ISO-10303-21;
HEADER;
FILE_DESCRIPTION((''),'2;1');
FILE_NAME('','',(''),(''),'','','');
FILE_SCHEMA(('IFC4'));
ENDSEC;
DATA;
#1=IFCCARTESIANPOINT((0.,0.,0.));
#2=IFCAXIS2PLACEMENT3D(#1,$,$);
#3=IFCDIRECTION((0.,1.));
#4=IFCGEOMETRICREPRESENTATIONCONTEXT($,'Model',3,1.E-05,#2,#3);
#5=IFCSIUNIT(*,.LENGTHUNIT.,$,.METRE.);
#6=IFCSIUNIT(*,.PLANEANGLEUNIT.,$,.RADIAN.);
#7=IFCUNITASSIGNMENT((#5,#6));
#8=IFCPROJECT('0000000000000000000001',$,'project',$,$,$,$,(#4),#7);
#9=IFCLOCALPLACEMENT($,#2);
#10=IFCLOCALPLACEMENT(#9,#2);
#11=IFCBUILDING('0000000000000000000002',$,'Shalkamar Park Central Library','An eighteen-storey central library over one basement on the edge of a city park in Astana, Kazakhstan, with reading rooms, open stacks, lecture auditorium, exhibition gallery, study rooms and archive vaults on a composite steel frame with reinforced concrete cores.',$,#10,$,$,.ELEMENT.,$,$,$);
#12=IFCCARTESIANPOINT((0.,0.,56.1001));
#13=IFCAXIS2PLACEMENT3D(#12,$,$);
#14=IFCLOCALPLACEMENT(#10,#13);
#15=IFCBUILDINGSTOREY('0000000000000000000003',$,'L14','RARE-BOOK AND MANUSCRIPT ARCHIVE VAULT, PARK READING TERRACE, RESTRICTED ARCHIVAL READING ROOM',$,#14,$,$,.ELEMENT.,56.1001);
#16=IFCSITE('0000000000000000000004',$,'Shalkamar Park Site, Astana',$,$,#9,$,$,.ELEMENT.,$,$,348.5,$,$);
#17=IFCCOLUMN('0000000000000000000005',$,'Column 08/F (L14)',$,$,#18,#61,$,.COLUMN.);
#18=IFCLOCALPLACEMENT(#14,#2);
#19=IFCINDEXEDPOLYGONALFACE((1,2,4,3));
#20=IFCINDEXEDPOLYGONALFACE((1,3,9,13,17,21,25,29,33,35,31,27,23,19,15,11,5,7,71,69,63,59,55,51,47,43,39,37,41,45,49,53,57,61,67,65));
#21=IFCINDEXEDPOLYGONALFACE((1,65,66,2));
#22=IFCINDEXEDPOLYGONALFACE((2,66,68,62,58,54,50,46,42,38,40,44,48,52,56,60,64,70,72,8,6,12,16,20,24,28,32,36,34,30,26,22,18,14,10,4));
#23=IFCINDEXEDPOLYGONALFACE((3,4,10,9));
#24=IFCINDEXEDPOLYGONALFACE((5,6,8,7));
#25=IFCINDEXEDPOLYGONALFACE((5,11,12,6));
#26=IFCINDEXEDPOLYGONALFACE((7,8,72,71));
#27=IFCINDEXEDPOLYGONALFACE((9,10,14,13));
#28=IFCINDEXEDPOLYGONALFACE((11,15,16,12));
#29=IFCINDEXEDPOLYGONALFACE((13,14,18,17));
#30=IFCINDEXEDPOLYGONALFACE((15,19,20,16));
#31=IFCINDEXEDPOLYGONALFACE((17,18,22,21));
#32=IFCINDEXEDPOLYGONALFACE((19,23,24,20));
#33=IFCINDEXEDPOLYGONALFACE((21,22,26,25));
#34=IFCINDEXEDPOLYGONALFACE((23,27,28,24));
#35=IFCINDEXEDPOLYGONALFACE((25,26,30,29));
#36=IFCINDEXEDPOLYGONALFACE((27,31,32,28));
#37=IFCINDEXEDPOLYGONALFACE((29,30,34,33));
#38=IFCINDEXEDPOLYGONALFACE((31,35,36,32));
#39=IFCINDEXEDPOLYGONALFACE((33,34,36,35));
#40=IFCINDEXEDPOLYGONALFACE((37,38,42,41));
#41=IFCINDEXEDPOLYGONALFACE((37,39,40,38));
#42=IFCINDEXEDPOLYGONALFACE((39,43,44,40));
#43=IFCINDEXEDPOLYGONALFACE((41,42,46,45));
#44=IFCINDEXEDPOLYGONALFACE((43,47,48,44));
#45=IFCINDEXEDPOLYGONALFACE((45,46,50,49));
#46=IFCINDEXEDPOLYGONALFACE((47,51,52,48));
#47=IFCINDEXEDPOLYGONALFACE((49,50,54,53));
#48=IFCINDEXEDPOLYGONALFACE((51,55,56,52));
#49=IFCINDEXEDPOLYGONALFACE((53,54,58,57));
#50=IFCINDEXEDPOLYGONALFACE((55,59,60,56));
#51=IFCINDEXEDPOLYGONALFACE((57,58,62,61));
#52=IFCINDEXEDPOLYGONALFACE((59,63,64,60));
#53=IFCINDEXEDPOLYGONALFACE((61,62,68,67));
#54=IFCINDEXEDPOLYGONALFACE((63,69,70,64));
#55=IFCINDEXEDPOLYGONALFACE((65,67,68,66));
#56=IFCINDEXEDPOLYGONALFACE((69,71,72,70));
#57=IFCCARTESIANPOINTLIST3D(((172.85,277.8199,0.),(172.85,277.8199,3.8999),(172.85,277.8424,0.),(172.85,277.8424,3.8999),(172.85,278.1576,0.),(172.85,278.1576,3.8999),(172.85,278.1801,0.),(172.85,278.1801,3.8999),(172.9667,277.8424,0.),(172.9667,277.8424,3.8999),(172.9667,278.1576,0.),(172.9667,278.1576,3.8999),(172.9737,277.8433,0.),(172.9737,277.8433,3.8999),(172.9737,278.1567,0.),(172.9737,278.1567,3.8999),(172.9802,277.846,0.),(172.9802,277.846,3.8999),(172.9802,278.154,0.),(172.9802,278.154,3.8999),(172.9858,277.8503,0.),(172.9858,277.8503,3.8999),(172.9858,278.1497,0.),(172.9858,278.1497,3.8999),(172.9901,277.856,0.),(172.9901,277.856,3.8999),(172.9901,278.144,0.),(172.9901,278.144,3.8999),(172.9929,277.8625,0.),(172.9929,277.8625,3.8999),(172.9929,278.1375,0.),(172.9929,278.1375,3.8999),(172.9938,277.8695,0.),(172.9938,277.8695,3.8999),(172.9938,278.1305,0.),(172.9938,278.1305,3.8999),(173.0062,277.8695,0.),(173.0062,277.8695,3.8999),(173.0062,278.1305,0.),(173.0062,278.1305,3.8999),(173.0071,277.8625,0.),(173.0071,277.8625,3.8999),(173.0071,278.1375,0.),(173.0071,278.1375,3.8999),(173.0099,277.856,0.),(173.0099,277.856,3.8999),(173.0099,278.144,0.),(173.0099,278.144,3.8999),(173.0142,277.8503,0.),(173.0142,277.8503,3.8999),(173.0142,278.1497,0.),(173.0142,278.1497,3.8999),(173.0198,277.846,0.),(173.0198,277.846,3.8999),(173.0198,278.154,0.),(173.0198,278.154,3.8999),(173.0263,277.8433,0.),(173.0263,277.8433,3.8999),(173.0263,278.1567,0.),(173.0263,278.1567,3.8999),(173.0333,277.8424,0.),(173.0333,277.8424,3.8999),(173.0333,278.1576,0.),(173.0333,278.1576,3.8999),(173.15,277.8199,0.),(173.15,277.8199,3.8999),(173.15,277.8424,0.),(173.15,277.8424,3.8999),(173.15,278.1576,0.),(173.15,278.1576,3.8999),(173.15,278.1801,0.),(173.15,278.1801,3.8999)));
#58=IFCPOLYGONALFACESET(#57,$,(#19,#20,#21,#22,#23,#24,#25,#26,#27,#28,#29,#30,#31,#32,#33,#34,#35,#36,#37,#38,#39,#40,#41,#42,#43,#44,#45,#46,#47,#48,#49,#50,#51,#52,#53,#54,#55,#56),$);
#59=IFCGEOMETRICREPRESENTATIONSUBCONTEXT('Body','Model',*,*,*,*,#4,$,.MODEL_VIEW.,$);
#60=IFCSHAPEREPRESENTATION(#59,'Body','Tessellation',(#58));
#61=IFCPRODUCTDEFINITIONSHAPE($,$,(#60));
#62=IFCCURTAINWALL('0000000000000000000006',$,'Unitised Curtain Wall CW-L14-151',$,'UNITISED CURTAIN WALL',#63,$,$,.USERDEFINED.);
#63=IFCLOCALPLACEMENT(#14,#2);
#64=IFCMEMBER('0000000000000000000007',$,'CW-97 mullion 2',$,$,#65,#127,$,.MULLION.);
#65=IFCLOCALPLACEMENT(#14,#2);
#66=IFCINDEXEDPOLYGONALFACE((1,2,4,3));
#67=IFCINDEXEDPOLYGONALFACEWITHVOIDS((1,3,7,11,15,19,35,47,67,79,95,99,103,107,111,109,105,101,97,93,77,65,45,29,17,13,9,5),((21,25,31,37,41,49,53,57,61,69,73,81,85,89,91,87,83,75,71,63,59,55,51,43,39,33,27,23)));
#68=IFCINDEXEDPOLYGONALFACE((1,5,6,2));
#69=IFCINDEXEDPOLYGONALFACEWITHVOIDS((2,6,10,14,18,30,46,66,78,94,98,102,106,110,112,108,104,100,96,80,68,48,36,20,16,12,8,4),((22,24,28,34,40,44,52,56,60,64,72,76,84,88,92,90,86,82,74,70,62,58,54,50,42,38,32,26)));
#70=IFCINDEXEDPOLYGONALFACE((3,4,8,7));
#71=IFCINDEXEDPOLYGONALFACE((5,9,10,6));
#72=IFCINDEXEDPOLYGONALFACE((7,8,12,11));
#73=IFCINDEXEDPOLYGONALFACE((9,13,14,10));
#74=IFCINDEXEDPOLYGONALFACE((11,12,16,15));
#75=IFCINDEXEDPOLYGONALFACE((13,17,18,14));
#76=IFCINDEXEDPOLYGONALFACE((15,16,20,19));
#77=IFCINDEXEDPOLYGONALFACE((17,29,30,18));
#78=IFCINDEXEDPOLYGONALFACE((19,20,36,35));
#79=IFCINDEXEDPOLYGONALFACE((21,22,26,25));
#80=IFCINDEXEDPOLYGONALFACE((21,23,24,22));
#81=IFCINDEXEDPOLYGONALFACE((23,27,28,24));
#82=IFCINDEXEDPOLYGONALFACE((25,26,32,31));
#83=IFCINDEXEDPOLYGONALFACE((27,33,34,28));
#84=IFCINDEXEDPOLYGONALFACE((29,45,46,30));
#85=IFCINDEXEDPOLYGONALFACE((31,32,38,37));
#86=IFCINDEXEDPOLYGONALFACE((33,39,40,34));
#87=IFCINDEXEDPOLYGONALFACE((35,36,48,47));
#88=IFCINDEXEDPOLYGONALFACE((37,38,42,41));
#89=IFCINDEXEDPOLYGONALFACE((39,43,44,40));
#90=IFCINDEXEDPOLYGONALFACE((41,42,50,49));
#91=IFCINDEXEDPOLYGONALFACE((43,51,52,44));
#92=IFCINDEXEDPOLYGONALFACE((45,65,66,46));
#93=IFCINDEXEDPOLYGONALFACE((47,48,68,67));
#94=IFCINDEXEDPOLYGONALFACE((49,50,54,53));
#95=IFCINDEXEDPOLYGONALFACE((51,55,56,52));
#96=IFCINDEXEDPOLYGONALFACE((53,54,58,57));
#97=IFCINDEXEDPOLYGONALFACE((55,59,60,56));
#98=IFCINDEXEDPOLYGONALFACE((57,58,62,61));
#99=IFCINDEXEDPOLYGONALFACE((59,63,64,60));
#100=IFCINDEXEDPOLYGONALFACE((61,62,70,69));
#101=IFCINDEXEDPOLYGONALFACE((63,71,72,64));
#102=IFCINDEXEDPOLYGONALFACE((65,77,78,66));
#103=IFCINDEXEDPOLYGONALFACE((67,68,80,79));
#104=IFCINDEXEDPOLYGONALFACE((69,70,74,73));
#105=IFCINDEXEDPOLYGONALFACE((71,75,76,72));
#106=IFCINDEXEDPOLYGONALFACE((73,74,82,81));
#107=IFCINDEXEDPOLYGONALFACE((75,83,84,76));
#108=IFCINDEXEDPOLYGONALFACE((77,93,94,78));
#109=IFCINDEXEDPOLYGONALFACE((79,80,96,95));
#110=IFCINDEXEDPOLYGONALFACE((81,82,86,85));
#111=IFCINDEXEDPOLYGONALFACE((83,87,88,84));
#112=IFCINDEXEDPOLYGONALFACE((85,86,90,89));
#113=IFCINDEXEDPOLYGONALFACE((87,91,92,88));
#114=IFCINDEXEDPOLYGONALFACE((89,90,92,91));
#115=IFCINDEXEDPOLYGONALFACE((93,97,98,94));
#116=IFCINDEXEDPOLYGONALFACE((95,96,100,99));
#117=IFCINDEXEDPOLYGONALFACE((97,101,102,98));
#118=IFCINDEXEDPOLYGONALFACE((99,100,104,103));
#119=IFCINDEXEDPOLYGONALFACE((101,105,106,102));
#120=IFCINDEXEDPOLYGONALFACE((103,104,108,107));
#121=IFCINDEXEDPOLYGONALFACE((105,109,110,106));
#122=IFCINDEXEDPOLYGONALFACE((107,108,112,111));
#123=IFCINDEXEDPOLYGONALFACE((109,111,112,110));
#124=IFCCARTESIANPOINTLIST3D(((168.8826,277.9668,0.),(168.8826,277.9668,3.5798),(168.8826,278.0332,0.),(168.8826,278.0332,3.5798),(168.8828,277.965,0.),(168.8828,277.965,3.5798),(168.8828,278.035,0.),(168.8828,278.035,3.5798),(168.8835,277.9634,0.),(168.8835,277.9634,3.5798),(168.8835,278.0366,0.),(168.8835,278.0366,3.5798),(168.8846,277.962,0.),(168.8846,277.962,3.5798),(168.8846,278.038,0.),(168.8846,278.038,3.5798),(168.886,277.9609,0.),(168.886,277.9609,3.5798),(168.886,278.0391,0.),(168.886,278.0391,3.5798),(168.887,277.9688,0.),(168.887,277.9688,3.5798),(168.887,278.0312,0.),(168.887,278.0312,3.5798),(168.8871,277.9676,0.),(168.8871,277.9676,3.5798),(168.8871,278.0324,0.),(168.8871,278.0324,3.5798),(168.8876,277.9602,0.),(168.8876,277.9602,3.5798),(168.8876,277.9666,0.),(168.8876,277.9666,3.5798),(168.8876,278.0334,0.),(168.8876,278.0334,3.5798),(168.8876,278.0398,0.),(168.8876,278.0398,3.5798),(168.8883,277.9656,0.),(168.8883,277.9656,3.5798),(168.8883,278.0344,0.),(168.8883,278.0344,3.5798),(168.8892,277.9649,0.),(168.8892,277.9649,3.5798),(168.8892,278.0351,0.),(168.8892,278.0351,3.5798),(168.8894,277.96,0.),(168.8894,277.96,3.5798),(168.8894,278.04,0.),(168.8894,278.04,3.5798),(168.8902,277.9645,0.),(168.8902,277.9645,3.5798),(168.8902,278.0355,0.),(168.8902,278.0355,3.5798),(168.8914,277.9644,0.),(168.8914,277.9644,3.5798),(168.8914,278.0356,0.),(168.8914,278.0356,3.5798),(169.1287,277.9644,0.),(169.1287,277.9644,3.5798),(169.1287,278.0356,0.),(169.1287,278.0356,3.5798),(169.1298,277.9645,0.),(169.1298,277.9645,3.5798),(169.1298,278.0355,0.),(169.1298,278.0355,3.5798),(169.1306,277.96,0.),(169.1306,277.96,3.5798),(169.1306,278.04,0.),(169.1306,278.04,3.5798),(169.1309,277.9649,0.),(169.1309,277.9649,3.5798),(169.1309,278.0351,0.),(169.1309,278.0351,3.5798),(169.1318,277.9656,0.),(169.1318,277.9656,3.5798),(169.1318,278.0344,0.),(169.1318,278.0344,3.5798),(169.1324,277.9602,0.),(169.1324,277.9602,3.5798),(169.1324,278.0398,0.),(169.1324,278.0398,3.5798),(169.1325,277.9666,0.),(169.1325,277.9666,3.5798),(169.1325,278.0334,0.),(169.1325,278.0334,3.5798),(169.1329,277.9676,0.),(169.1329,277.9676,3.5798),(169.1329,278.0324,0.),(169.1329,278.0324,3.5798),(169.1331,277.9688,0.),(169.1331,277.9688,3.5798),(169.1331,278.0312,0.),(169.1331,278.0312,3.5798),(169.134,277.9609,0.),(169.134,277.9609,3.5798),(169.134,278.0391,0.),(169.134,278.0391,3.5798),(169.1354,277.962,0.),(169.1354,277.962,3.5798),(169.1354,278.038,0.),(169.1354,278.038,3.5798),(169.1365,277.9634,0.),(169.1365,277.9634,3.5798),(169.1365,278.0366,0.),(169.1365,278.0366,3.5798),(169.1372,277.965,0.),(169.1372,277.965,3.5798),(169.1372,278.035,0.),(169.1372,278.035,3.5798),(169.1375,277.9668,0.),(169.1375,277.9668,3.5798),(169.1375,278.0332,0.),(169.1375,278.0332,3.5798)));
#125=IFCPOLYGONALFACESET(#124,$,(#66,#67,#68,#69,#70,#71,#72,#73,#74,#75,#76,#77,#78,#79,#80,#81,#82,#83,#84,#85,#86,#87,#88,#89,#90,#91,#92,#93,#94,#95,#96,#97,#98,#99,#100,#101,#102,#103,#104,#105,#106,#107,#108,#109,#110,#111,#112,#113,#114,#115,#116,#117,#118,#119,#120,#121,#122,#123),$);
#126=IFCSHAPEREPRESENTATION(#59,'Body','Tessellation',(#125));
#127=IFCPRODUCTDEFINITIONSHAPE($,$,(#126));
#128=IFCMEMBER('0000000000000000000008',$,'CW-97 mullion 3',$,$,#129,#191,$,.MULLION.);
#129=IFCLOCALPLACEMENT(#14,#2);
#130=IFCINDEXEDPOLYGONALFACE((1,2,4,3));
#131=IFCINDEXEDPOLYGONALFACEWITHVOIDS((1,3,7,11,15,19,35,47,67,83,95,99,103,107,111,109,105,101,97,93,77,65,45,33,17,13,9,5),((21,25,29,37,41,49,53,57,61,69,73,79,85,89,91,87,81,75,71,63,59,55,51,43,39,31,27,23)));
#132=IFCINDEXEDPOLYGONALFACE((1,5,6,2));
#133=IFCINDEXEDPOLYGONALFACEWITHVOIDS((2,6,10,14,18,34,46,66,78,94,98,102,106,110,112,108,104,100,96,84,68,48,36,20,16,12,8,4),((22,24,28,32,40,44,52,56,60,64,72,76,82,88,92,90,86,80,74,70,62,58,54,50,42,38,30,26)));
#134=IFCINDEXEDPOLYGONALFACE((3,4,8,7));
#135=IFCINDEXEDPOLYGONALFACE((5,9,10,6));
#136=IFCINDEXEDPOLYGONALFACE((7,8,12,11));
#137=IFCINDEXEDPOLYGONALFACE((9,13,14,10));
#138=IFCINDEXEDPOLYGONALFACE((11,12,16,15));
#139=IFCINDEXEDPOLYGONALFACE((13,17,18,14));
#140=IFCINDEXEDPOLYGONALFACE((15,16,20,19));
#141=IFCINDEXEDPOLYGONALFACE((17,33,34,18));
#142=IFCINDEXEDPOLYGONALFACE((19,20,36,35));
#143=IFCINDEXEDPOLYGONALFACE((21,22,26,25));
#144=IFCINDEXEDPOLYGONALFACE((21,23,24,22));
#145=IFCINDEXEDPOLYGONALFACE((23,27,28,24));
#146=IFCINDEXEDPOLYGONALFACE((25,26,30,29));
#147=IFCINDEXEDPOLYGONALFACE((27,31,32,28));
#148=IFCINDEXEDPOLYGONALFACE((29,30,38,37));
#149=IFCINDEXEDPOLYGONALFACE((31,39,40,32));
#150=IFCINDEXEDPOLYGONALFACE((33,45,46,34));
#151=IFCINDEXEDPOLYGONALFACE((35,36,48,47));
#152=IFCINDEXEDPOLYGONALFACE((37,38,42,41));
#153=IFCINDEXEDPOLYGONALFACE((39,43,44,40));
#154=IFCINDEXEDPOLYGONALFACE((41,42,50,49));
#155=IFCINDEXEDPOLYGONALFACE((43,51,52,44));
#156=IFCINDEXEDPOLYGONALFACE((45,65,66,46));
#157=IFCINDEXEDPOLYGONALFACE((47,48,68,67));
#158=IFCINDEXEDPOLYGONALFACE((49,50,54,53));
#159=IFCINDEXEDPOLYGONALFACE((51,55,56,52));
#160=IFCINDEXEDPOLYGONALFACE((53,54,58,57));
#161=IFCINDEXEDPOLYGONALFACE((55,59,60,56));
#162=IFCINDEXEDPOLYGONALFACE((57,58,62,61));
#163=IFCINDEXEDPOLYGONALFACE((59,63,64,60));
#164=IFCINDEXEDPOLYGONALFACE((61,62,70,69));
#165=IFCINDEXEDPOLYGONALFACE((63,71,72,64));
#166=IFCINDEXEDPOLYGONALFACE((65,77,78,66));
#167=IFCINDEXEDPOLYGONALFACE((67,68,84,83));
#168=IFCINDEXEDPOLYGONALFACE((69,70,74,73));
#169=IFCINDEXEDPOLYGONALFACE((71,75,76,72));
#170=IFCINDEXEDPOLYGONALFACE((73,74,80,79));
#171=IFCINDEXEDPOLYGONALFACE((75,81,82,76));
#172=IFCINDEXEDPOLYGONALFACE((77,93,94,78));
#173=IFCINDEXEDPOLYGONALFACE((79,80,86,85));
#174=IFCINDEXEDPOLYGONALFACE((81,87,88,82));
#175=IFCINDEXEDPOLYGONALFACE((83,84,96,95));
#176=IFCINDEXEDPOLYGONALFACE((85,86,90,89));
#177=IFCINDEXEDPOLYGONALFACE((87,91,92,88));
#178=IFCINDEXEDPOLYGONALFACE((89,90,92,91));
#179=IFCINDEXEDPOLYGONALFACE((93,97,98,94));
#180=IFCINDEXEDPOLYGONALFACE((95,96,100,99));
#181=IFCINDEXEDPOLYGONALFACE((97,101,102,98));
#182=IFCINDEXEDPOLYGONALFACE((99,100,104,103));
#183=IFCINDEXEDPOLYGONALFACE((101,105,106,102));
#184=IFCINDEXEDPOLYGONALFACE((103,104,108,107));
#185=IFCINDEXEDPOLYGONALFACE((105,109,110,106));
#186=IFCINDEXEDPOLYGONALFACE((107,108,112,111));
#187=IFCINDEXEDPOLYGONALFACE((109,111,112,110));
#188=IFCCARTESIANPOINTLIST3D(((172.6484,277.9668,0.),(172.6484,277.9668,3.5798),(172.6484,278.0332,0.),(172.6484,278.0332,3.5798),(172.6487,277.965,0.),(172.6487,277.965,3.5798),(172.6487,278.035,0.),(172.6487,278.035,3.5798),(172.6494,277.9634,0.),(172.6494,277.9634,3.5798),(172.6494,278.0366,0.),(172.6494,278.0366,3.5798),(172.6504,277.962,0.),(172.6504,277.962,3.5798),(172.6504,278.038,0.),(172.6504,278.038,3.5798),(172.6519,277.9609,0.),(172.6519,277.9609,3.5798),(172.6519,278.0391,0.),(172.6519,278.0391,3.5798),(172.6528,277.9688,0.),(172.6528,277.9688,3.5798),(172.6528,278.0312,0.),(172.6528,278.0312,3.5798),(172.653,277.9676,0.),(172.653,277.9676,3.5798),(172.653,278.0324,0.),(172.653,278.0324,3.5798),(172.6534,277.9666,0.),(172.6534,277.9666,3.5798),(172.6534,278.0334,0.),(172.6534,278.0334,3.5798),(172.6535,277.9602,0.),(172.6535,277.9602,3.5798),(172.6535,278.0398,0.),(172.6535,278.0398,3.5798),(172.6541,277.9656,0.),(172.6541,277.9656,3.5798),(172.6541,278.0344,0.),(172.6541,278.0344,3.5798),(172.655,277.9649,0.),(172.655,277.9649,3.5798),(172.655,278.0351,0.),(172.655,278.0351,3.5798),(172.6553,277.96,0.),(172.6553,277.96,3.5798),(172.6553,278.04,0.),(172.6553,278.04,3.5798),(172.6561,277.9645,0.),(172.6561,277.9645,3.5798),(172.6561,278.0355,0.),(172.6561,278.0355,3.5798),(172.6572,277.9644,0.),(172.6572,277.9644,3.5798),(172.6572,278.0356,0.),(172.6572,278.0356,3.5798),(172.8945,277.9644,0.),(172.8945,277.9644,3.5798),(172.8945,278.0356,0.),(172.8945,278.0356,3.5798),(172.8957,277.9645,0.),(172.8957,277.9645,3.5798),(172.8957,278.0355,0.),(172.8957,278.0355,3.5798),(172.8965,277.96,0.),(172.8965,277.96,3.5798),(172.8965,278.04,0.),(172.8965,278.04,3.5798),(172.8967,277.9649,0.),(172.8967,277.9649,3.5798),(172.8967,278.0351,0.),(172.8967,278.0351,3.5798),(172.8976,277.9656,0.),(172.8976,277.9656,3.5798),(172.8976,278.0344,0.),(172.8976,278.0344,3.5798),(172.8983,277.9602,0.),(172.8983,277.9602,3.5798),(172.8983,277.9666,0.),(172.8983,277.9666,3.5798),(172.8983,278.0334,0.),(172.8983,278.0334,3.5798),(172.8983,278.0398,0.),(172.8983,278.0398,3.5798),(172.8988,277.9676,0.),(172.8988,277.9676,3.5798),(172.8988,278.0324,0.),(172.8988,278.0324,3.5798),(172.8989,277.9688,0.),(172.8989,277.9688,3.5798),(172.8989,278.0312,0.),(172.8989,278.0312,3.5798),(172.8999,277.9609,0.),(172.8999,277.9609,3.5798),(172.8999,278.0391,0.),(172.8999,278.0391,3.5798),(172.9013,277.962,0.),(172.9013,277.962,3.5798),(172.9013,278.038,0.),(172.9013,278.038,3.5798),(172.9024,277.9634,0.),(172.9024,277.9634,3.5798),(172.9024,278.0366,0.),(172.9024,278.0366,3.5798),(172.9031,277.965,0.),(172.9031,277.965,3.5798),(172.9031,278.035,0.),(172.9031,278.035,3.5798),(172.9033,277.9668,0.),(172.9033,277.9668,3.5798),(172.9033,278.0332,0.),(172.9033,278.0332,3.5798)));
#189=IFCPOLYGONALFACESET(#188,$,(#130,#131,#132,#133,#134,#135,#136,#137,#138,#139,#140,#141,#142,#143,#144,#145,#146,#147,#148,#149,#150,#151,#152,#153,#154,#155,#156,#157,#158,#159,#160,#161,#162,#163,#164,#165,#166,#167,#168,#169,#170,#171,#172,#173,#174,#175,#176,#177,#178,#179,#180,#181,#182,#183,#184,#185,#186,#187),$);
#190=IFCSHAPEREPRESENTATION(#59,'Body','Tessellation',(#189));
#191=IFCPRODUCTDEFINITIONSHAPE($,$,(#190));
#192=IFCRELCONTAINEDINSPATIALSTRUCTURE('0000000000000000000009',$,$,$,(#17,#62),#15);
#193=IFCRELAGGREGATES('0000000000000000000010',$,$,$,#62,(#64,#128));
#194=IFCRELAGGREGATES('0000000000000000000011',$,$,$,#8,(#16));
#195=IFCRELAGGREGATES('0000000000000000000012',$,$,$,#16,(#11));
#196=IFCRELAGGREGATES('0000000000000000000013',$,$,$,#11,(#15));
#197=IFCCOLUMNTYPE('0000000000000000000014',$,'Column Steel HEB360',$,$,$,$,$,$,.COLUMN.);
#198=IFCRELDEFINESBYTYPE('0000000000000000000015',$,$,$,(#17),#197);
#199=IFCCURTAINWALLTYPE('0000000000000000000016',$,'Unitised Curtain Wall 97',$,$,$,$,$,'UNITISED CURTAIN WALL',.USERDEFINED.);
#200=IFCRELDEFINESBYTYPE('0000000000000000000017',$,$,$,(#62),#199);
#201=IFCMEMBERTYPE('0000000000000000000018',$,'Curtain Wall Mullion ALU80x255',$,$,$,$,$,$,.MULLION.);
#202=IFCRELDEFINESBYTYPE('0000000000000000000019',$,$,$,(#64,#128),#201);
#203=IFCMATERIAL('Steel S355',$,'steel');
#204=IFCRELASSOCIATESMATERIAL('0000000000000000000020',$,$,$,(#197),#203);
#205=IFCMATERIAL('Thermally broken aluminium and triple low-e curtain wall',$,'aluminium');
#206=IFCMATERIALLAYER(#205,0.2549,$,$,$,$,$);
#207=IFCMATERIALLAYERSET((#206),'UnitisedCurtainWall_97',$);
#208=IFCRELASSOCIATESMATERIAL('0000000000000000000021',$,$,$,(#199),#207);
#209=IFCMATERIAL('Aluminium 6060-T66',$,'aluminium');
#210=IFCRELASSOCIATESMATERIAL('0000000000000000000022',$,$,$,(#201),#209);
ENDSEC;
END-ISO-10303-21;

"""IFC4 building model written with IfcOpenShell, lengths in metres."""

from ifc_helpers import new_model, si_unit, direction, frame, origin, origin_2d, place, context, subcontext, project, spatial, hollow_rectangle, i_section, extrude, material, layer, layer_set, material_profile, profile_set, type_object, element, aggregate, save


model = new_model("IFC4")

# Units and contexts
model_context = context("Model", 3, precision=1e-05, world=origin(), true_north=direction((0.0, 1.0)))
body_context = subcontext(model_context, "Body", "Model", "MODEL_VIEW")
ifc_project = project(units=[si_unit("LENGTHUNIT", "METRE"), si_unit("PLANEANGLEUNIT", "RADIAN")], contexts=[model_context])

# Site, building, storey
site_placement = place(None, origin())
site = spatial("IfcSite", under=ifc_project, at=site_placement, Name="Shalkamar Park Site, Astana", CompositionType="ELEMENT", RefElevation=348.5)
building_placement = place(site_placement, origin())
building = spatial("IfcBuilding", under=site, at=building_placement, Name="Shalkamar Park Central Library", Description="An eighteen-storey central library over one basement on the edge of a city park in Astana, Kazakhstan, with reading rooms, open stacks, lecture auditorium, exhibition gallery, study rooms and archive vaults on a composite steel frame with reinforced concrete cores.", CompositionType="ELEMENT")
storey_placement = place(building_placement, frame((0.0, 0.0, 56.1001)))
storey = spatial("IfcBuildingStorey", under=building, at=storey_placement, Name="L14", Description="RARE-BOOK AND MANUSCRIPT ARCHIVE VAULT, PARK READING TERRACE, RESTRICTED ARCHIVAL READING ROOM", CompositionType="ELEMENT", Elevation=56.1001)

# Column
ifc_material_1 = material(Name="Steel S355", Category="steel")
ifc_material_profile_1 = material_profile(ifc_material_1, i_section(OverallWidth=0.3, OverallDepth=0.3601, WebThickness=0.0125, FlangeThickness=0.0225, FilletRadius=0.0271, at=origin_2d()), Name="HEB 360")
ifc_profile_set_1 = profile_set([ifc_material_profile_1], Name="Steel S355")
column_type = type_object("IfcColumnType", Name="Column Steel HEB360", PredefinedType="COLUMN", material=ifc_profile_set_1)
column_placement = place(storey_placement, frame((173.0, 278.0, 0.0), z_axis=(0.0, 0.0, 1.0), x_axis=(1.0, 0.0, 0.0)))
element("IfcColumn", 1, at=column_placement, inside=storey, type_object=column_type, Name="Column 08/F (L14)", PredefinedType="COLUMN", context=body_context, shape_type="SweptSolid", body=[
    extrude(i_section(OverallWidth=0.3, OverallDepth=0.3601, WebThickness=0.0125, FlangeThickness=0.0225, FilletRadius=0.0271, at=origin_2d()), origin(), (0.0, 0.0, 1.0), 3.8999),
])

# Curtain wall, members
ifc_material_2 = material(Name="Thermally broken aluminium and triple low-e curtain wall", Category="aluminium")
ifc_layer_1 = layer(ifc_material_2, 0.2549)
ifc_layer_set_1 = layer_set([ifc_layer_1], Name="UnitisedCurtainWall_97")
curtain_wall_type_1 = type_object("IfcCurtainWallType", Name="Unitised Curtain Wall 97", ElementType="UNITISED CURTAIN WALL", PredefinedType="USERDEFINED", material=ifc_layer_set_1)
curtain_wall_1_placement = place(storey_placement, origin())
curtain_wall_1 = element("IfcCurtainWall", 2, at=curtain_wall_1_placement, inside=storey, type_object=curtain_wall_type_1, Name="Unitised Curtain Wall CW-L14-151", ObjectType="UNITISED CURTAIN WALL", PredefinedType="USERDEFINED")
ifc_material_3 = material(Name="Aluminium 6060-T66", Category="aluminium")
ifc_material_profile_2 = material_profile(ifc_material_3, hollow_rectangle(XDim=0.0801, YDim=0.2549, WallThickness=0.0044, InnerFilletRadius=0.0044, OuterFilletRadius=0.0068, at=origin_2d()), Name="ALU 80x255x4.5")
ifc_profile_set_2 = profile_set([ifc_material_profile_2], Name="Aluminium 6060-T66")
member_type_1 = type_object("IfcMemberType", Name="Curtain Wall Mullion ALU80x255", PredefinedType="MULLION", material=ifc_profile_set_2)
member_1_placement = place(storey_placement, frame((169.01, 278.0, 0.0), z_axis=(0.0, 0.0, 1.0), x_axis=(0.0, 1.0, 0.0)))
member_1 = element("IfcMember", 3, at=member_1_placement, type_object=member_type_1, Name="CW-97 mullion 2", PredefinedType="MULLION", context=body_context, shape_type="SweptSolid", body=[
    extrude(hollow_rectangle(XDim=0.0801, YDim=0.2549, WallThickness=0.0044, InnerFilletRadius=0.0044, OuterFilletRadius=0.0068, at=origin_2d()), origin(), (0.0, 0.0, 1.0), 3.5798),
])
member_2_placement = place(storey_placement, frame((172.7759, 278.0, 0.0), z_axis=(0.0, 0.0, 1.0), x_axis=(0.0, 1.0, 0.0)))
member_2 = element("IfcMember", 4, at=member_2_placement, type_object=member_type_1, Name="CW-97 mullion 3", PredefinedType="MULLION", context=body_context, shape_type="SweptSolid", body=[
    extrude(hollow_rectangle(XDim=0.0801, YDim=0.2549, WallThickness=0.0044, InnerFilletRadius=0.0044, OuterFilletRadius=0.0068, at=origin_2d()), origin(), (0.0, 0.0, 1.0), 3.5798),
])

aggregate(curtain_wall_1, [member_1, member_2])

save(model, "model.ifc")
